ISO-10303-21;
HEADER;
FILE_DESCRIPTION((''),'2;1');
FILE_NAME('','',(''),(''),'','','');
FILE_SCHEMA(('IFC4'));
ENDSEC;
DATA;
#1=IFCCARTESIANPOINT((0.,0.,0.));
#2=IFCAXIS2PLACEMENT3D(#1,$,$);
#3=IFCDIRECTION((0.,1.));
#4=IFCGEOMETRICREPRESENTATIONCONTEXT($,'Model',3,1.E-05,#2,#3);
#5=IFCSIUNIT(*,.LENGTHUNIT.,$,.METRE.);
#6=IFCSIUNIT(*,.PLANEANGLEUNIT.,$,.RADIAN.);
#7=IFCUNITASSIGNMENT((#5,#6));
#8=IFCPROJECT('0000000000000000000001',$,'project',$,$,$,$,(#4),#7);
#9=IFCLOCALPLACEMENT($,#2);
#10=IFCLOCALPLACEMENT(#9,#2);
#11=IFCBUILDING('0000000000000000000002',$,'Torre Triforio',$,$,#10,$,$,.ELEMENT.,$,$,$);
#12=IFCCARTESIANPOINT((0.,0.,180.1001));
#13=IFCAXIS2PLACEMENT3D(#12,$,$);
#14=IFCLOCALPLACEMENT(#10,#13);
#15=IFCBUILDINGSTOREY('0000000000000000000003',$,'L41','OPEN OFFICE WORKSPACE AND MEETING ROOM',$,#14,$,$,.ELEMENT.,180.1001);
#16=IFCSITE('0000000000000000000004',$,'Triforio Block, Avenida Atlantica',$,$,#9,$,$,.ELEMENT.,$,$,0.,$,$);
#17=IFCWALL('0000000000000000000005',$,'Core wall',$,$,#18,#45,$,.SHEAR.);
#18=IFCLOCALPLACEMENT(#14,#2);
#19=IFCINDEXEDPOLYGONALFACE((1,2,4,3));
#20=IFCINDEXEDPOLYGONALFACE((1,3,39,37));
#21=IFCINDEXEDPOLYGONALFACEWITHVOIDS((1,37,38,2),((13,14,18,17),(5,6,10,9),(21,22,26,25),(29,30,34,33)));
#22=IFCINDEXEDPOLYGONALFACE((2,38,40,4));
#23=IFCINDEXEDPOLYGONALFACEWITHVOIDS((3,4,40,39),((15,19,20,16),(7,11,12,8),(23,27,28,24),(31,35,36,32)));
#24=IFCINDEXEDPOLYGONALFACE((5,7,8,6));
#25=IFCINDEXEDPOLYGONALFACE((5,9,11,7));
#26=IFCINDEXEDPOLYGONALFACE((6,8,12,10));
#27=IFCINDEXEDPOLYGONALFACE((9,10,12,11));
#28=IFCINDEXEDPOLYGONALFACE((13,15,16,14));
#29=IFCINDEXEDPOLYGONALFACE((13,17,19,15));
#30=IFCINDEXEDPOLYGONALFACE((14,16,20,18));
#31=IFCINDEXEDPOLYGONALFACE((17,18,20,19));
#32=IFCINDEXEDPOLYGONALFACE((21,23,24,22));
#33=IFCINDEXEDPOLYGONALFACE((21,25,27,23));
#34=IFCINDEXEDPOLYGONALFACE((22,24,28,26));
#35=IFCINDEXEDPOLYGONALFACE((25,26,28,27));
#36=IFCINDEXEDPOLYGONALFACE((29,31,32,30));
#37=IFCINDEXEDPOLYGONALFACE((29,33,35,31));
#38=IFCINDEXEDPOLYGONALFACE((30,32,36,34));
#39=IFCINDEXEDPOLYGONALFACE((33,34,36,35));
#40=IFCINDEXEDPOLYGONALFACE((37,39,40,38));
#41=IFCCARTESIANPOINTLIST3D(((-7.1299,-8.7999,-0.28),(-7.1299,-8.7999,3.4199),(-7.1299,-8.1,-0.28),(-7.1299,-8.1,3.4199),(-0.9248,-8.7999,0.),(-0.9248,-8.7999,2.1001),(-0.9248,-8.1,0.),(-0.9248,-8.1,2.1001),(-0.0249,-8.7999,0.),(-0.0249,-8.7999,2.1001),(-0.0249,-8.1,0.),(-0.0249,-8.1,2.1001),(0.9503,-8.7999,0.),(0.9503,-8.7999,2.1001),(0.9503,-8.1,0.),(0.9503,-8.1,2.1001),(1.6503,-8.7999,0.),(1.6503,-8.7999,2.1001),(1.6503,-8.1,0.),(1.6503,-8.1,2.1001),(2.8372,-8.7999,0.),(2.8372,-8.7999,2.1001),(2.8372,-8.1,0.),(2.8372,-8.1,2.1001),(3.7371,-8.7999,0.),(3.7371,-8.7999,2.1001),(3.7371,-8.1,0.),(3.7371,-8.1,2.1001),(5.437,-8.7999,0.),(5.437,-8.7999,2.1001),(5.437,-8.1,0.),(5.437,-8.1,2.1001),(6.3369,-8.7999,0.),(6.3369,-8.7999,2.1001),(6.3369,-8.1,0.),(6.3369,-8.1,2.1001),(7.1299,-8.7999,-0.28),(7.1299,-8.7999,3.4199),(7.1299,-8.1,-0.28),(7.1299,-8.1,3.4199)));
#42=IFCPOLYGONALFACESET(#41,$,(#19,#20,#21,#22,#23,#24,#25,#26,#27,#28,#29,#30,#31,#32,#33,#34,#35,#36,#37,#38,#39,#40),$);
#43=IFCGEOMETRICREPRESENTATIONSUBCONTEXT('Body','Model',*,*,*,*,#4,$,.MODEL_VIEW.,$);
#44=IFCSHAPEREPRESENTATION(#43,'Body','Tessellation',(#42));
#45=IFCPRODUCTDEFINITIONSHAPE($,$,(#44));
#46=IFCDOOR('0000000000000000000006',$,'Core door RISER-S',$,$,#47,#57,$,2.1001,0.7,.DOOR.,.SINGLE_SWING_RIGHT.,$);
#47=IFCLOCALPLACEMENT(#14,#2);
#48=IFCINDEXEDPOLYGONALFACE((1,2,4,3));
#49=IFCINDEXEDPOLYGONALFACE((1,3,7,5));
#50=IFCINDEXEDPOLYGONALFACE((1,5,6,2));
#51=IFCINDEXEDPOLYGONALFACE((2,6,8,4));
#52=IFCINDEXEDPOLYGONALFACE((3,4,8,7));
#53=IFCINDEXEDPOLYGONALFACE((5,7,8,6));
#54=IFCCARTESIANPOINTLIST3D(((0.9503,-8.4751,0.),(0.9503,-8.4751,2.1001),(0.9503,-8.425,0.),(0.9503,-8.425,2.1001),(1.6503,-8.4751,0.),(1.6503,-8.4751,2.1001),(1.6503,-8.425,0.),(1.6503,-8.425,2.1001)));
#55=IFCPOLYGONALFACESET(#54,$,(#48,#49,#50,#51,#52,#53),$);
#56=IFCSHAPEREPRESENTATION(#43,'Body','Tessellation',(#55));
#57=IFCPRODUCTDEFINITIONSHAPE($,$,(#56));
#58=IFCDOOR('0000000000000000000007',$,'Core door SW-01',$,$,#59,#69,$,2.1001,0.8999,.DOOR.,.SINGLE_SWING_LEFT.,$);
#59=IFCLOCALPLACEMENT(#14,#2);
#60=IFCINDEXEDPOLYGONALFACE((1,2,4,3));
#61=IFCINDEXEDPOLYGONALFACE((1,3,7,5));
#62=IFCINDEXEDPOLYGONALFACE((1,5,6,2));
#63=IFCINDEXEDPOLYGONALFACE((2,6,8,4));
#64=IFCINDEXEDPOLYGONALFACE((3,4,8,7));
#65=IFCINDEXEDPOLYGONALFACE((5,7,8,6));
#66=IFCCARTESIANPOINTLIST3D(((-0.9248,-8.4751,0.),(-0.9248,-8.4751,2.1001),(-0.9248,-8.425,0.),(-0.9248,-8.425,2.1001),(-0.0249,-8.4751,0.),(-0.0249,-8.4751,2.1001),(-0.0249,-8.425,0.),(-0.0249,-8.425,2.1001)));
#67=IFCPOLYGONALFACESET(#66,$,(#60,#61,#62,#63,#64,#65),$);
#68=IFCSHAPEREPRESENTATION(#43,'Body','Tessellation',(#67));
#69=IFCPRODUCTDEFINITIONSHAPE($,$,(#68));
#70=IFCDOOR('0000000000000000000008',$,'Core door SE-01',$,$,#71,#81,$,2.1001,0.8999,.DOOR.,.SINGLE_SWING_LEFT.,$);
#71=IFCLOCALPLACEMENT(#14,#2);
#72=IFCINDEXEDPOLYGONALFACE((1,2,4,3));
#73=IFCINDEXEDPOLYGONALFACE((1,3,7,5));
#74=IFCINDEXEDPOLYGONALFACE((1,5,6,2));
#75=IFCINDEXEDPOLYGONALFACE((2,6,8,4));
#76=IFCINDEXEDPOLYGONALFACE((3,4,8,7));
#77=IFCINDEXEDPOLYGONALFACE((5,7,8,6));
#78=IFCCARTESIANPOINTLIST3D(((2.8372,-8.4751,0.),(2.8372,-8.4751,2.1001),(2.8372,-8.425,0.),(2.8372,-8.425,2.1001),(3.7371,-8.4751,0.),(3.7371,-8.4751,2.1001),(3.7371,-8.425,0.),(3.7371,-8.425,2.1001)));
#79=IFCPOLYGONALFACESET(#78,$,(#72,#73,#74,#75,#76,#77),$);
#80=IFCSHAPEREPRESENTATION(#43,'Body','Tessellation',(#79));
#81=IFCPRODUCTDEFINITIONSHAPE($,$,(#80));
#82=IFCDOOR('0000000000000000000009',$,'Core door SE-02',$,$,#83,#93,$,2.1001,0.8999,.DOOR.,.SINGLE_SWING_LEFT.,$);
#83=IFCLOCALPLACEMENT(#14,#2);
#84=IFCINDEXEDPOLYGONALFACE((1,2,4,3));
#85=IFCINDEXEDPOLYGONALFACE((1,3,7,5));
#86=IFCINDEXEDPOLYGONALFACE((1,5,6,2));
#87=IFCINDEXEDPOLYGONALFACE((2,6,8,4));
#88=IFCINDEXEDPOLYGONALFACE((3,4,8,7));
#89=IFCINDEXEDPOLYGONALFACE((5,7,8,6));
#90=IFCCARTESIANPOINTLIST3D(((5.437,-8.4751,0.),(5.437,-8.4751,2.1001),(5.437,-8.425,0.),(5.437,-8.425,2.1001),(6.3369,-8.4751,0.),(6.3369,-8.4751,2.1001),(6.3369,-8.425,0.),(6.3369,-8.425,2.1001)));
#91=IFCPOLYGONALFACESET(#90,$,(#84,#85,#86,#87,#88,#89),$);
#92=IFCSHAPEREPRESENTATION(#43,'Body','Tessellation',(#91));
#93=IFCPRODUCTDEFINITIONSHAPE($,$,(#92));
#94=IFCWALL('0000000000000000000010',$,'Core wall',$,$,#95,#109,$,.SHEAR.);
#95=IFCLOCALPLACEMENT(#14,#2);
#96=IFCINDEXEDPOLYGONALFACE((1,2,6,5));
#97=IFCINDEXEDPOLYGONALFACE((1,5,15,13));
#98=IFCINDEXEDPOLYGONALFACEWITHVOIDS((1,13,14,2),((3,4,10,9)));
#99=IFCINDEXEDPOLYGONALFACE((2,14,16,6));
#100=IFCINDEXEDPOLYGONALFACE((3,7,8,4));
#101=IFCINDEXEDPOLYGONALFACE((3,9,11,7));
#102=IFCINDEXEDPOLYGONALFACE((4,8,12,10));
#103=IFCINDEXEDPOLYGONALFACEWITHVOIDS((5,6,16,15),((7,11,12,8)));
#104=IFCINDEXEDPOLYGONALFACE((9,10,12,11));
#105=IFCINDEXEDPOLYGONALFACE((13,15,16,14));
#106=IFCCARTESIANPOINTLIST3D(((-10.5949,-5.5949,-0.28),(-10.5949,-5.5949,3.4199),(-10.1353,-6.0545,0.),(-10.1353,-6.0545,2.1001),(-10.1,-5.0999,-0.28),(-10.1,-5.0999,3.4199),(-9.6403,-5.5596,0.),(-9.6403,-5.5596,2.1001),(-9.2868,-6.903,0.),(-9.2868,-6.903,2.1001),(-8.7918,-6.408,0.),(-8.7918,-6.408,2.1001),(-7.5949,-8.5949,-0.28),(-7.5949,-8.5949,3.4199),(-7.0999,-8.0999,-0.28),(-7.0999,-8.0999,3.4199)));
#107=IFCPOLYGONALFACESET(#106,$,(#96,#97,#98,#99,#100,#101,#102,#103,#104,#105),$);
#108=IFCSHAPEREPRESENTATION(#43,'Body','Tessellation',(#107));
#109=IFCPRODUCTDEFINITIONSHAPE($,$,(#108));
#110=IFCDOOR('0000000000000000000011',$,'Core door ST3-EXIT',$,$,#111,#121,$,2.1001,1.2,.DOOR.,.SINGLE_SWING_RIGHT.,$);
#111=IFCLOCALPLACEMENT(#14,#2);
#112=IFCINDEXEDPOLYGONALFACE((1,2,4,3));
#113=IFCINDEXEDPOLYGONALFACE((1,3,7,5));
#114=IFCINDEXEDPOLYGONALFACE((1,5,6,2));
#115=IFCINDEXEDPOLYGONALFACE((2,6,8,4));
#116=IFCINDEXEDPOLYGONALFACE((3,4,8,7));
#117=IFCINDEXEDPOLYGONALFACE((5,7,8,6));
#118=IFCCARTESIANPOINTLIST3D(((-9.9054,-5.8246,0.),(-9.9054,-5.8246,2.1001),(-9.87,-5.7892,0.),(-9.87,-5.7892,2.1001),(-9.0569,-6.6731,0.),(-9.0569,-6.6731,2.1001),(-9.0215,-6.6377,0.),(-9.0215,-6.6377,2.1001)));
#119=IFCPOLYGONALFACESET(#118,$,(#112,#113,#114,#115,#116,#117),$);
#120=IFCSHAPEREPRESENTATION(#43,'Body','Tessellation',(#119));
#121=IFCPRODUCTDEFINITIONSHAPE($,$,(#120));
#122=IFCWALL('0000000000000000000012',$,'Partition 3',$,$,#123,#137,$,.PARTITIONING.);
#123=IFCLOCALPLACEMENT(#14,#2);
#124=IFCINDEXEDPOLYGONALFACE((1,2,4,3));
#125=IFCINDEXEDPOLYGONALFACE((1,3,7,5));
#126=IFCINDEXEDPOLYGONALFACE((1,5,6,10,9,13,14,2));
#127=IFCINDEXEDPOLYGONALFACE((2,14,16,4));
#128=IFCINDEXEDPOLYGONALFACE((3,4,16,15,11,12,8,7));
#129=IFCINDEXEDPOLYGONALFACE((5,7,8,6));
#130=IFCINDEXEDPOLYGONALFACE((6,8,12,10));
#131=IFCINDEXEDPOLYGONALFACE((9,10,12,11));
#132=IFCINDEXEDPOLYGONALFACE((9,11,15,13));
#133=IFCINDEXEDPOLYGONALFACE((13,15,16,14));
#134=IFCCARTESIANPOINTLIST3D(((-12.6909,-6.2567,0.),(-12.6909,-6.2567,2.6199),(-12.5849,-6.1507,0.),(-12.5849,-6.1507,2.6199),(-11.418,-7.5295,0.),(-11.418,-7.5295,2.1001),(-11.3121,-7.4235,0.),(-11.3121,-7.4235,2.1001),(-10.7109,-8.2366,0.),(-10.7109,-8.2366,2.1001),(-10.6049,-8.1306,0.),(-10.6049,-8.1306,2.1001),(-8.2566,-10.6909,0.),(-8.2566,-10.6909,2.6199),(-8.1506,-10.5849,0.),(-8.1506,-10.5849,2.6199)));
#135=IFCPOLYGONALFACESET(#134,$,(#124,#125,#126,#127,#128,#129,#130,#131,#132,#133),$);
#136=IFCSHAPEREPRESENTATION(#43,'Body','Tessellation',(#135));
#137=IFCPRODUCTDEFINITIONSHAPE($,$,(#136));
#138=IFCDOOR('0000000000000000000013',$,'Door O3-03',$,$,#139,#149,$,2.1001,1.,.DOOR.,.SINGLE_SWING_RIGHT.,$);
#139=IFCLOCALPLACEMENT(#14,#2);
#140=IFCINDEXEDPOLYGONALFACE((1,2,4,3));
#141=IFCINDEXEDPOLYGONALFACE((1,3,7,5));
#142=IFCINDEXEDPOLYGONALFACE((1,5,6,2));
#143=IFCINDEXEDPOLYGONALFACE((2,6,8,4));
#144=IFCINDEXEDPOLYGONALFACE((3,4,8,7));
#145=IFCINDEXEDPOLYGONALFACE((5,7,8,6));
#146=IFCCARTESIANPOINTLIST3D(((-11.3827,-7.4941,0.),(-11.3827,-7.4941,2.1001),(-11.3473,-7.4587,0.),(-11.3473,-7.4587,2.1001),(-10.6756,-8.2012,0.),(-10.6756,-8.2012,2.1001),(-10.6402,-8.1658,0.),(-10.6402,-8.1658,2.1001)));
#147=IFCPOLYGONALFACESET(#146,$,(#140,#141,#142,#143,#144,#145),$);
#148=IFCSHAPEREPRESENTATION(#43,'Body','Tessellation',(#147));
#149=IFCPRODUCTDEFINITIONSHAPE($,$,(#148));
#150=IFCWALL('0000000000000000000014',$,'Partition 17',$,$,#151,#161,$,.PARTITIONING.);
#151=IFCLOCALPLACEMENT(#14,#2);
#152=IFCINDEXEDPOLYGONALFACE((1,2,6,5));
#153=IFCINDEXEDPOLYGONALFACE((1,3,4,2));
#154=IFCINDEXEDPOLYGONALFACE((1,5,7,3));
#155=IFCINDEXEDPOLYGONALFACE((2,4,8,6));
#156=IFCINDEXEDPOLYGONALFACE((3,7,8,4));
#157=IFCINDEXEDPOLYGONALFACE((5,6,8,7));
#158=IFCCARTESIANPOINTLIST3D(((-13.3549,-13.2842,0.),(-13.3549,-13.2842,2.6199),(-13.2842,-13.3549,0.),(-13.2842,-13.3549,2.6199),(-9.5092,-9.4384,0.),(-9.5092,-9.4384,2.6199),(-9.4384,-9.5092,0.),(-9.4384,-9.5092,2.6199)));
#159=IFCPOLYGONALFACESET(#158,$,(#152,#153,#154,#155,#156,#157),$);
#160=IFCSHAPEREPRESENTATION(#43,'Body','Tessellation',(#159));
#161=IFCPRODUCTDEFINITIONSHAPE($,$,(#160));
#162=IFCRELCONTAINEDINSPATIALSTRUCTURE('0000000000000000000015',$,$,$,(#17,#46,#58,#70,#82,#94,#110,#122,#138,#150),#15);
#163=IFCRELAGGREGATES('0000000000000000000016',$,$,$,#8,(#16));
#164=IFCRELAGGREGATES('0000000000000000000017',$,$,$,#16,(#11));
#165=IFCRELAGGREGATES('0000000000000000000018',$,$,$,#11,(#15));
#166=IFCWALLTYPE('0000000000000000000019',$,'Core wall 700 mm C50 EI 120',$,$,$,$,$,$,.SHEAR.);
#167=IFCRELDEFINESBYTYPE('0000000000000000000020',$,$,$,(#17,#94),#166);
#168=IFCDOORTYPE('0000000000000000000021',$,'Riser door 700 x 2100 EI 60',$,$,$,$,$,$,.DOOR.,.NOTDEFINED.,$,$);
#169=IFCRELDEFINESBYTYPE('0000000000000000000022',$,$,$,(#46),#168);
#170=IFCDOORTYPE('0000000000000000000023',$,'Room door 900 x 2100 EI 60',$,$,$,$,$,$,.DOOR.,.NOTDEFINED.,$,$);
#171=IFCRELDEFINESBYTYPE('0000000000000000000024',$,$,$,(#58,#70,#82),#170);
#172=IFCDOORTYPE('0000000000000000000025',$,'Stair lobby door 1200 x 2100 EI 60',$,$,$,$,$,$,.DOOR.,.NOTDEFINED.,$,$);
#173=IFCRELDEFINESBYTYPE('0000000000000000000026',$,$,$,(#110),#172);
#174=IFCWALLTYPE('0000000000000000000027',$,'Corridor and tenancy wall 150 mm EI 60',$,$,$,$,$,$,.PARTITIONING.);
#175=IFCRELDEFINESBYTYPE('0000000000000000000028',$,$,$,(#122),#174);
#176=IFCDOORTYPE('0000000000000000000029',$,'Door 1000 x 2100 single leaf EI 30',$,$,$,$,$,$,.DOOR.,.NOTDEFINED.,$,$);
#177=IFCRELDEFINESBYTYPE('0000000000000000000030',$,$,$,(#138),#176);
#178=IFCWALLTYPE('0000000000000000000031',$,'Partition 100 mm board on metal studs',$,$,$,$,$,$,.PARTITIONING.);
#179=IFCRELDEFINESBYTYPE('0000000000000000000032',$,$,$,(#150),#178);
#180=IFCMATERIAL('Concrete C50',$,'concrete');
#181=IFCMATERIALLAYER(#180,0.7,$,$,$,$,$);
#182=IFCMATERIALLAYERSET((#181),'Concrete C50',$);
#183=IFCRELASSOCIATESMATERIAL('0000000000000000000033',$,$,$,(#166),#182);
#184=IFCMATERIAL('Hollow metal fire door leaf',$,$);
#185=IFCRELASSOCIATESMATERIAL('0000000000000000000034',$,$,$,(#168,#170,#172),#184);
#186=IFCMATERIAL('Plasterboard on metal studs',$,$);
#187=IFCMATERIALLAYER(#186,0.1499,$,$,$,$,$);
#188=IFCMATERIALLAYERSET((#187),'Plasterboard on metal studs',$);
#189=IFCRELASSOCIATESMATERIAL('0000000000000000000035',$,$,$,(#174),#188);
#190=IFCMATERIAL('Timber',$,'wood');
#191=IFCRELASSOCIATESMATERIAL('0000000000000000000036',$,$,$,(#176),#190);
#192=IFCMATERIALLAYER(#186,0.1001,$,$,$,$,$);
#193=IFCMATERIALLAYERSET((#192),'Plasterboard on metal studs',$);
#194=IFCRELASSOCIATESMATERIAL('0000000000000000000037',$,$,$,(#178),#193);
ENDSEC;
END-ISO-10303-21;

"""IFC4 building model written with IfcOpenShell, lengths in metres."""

from ifc_helpers import new_model, si_unit, direction, frame, frame_2d, origin, place, context, subcontext, project, spatial, rectangle, extrude, material, layer, layer_set, type_object, element, fill, save


model = new_model("IFC4")

# Units and contexts
model_context = context("Model", 3, precision=1e-05, world=origin(), true_north=direction((0.0, 1.0)))
body_context = subcontext(model_context, "Body", "Model", "MODEL_VIEW")
ifc_project = project(units=[si_unit("LENGTHUNIT", "METRE"), si_unit("PLANEANGLEUNIT", "RADIAN")], contexts=[model_context])

# Site, building, storey
site_placement = place(None, origin())
site = spatial("IfcSite", under=ifc_project, at=site_placement, Name="Triforio Block, Avenida Atlantica", CompositionType="ELEMENT", RefElevation=0.0)
building_placement = place(site_placement, origin())
building = spatial("IfcBuilding", under=site, at=building_placement, Name="Torre Triforio", CompositionType="ELEMENT")
storey_placement = place(building_placement, frame((0.0, 0.0, 180.1001)))
storey = spatial("IfcBuildingStorey", under=building, at=storey_placement, Name="L41", Description="OPEN OFFICE WORKSPACE AND MEETING ROOM", CompositionType="ELEMENT", Elevation=180.1001)

# Shared definitions
ifc_material_1 = material(Name="Concrete C50", Category="concrete")

# Wall, openings, doors
ifc_layer_1 = layer(ifc_material_1, 0.7)
ifc_layer_set_1 = layer_set([ifc_layer_1], Name="Concrete C50")
wall_type_1 = type_object("IfcWallType", Name="Core wall 700 mm C50 EI 120", PredefinedType="SHEAR", material=ifc_layer_set_1)
wall_1_placement = place(storey_placement, frame((-7.1299, -8.45, -0.28), z_axis=(0.0, 0.0, 1.0), x_axis=(1.0, 0.0, 0.0)))
wall_1 = element("IfcWall", 1, at=wall_1_placement, inside=storey, type_object=wall_type_1, Name="Core wall", PredefinedType="SHEAR", context=body_context, shape_type="SweptSolid", body=[
    extrude(rectangle(XDim=14.2598, YDim=0.7, at=frame_2d((7.1299, 0.0))), origin(), (0.0, 0.0, 1.0), 3.7),
])
opening_1_placement = place(wall_1_placement, frame((8.0801, 0.0, 0.28)))
opening_1 = element("IfcOpeningElement", 2, at=opening_1_placement, cuts=wall_1, PredefinedType="OPENING", context=body_context, shape_type="SweptSolid", body=[
    extrude(rectangle(XDim=0.7, YDim=2.1001, at=frame_2d((0.3501, 1.05))), frame((0.0, 0.3599, 0.0), z_axis=(0.0, -1.0, 0.0), x_axis=(1.0, 0.0, 0.0)), (0.0, 0.0, 1.0), 0.72),
])
opening_2_placement = place(wall_1_placement, frame((6.2051, 0.0, 0.28)))
opening_2 = element("IfcOpeningElement", 3, at=opening_2_placement, cuts=wall_1, PredefinedType="OPENING", context=body_context, shape_type="SweptSolid", body=[
    extrude(rectangle(XDim=0.8999, YDim=2.1001, at=frame_2d((0.45, 1.05))), frame((0.0, 0.3599, 0.0), z_axis=(0.0, -1.0, 0.0), x_axis=(1.0, 0.0, 0.0)), (0.0, 0.0, 1.0), 0.72),
])
opening_3_placement = place(wall_1_placement, frame((9.967, 0.0, 0.28)))
opening_3 = element("IfcOpeningElement", 4, at=opening_3_placement, cuts=wall_1, PredefinedType="OPENING", context=body_context, shape_type="SweptSolid", body=[
    extrude(rectangle(XDim=0.8999, YDim=2.1001, at=frame_2d((0.45, 1.05))), frame((0.0, 0.3599, 0.0), z_axis=(0.0, -1.0, 0.0), x_axis=(1.0, 0.0, 0.0)), (0.0, 0.0, 1.0), 0.72),
])
opening_4_placement = place(wall_1_placement, frame((12.5669, 0.0, 0.28)))
opening_4 = element("IfcOpeningElement", 5, at=opening_4_placement, cuts=wall_1, PredefinedType="OPENING", context=body_context, shape_type="SweptSolid", body=[
    extrude(rectangle(XDim=0.8999, YDim=2.1001, at=frame_2d((0.45, 1.05))), frame((0.0, 0.3599, 0.0), z_axis=(0.0, -1.0, 0.0), x_axis=(1.0, 0.0, 0.0)), (0.0, 0.0, 1.0), 0.72),
])
ifc_material_2 = material(Name="Hollow metal fire door leaf")
door_type_1 = type_object("IfcDoorType", Name="Riser door 700 x 2100 EI 60", OperationType="NOTDEFINED", PredefinedType="DOOR", material=ifc_material_2)
door_1_placement = place(opening_1_placement, origin())
door_1 = element("IfcDoor", 6, at=door_1_placement, inside=storey, type_object=door_type_1, Name="Core door RISER-S", OperationType="SINGLE_SWING_RIGHT", OverallHeight=2.1001, OverallWidth=0.7, PredefinedType="DOOR", context=body_context, shape_type="SweptSolid", body=[
    extrude(rectangle(XDim=0.7, YDim=2.1001, at=frame_2d((0.3501, 1.05))), frame((0.0, 0.0249, 0.0), z_axis=(0.0, -1.0, 0.0), x_axis=(1.0, 0.0, 0.0)), (0.0, 0.0, 1.0), 0.05),
])
fill(opening_1, door_1)
door_type_2 = type_object("IfcDoorType", Name="Room door 900 x 2100 EI 60", OperationType="NOTDEFINED", PredefinedType="DOOR", material=ifc_material_2)
door_2_placement = place(opening_2_placement, origin())
door_2 = element("IfcDoor", 7, at=door_2_placement, inside=storey, type_object=door_type_2, Name="Core door SW-01", OperationType="SINGLE_SWING_LEFT", OverallHeight=2.1001, OverallWidth=0.8999, PredefinedType="DOOR", context=body_context, shape_type="SweptSolid", body=[
    extrude(rectangle(XDim=0.8999, YDim=2.1001, at=frame_2d((0.45, 1.05))), frame((0.0, 0.0249, 0.0), z_axis=(0.0, -1.0, 0.0), x_axis=(1.0, 0.0, 0.0)), (0.0, 0.0, 1.0), 0.05),
])
fill(opening_2, door_2)
door_3_placement = place(opening_3_placement, origin())
door_3 = element("IfcDoor", 8, at=door_3_placement, inside=storey, type_object=door_type_2, Name="Core door SE-01", OperationType="SINGLE_SWING_LEFT", OverallHeight=2.1001, OverallWidth=0.8999, PredefinedType="DOOR", context=body_context, shape_type="SweptSolid", body=[
    extrude(rectangle(XDim=0.8999, YDim=2.1001, at=frame_2d((0.45, 1.05))), frame((0.0, 0.0249, 0.0), z_axis=(0.0, -1.0, 0.0), x_axis=(1.0, 0.0, 0.0)), (0.0, 0.0, 1.0), 0.05),
])
fill(opening_3, door_3)
door_4_placement = place(opening_4_placement, origin())
door_4 = element("IfcDoor", 9, at=door_4_placement, inside=storey, type_object=door_type_2, Name="Core door SE-02", OperationType="SINGLE_SWING_LEFT", OverallHeight=2.1001, OverallWidth=0.8999, PredefinedType="DOOR", context=body_context, shape_type="SweptSolid", body=[
    extrude(rectangle(XDim=0.8999, YDim=2.1001, at=frame_2d((0.45, 1.05))), frame((0.0, 0.0249, 0.0), z_axis=(0.0, -1.0, 0.0), x_axis=(1.0, 0.0, 0.0)), (0.0, 0.0, 1.0), 0.05),
])
fill(opening_4, door_4)

# Walls, openings, doors
wall_2_placement = place(storey_placement, frame((-7.3474, -8.3474, -0.28), z_axis=(0.0, 0.0, 1.0), x_axis=(-0.707107, 0.707107, 0.0)))
wall_2 = element("IfcWall", 10, at=wall_2_placement, inside=storey, type_object=wall_type_1, Name="Core wall", PredefinedType="SHEAR", context=body_context, shape_type="SweptSolid", body=[
    extrude(rectangle(XDim=4.2427, YDim=0.7, at=frame_2d((2.1213, 0.0))), origin(), (0.0, 0.0, 1.0), 3.7),
])
opening_5_placement = place(wall_2_placement, frame((2.3926, 0.0, 0.28)))
opening_5 = element("IfcOpeningElement", 11, at=opening_5_placement, cuts=wall_2, PredefinedType="OPENING", context=body_context, shape_type="SweptSolid", body=[
    extrude(rectangle(XDim=1.2, YDim=2.1001, at=frame_2d((0.6001, 1.05))), frame((0.0, 0.3599, 0.0), z_axis=(0.0, -1.0, 0.0), x_axis=(1.0, 0.0, 0.0)), (0.0, 0.0, 1.0), 0.72),
])
door_type_3 = type_object("IfcDoorType", Name="Stair lobby door 1200 x 2100 EI 60", OperationType="NOTDEFINED", PredefinedType="DOOR", material=ifc_material_2)
door_5_placement = place(opening_5_placement, origin())
door_5 = element("IfcDoor", 12, at=door_5_placement, inside=storey, type_object=door_type_3, Name="Core door ST3-EXIT", OperationType="SINGLE_SWING_RIGHT", OverallHeight=2.1001, OverallWidth=1.2, PredefinedType="DOOR", context=body_context, shape_type="SweptSolid", body=[
    extrude(rectangle(XDim=1.2, YDim=2.1001, at=frame_2d((0.6001, 1.05))), frame((0.0, 0.0249, 0.0), z_axis=(0.0, -1.0, 0.0), x_axis=(1.0, 0.0, 0.0)), (0.0, 0.0, 1.0), 0.05),
])
fill(opening_5, door_5)
ifc_material_3 = material(Name="Plasterboard on metal studs")
ifc_layer_2 = layer(ifc_material_3, 0.1499)
ifc_layer_set_2 = layer_set([ifc_layer_2], Name="Plasterboard on metal studs")
wall_type_2 = type_object("IfcWallType", Name="Corridor and tenancy wall 150 mm EI 60", PredefinedType="PARTITIONING", material=ifc_layer_set_2)
wall_3_placement = place(storey_placement, frame((-8.2036, -10.6379, 0.0), z_axis=(0.0, 0.0, 1.0), x_axis=(-0.707107, 0.707107, 0.0)))
wall_3 = element("IfcWall", 13, at=wall_3_placement, inside=storey, type_object=wall_type_2, Name="Partition 3", PredefinedType="PARTITIONING", context=body_context, shape_type="SweptSolid", body=[
    extrude(rectangle(XDim=6.271, YDim=0.1499, at=frame_2d((3.1355, 0.0))), origin(), (0.0, 0.0, 1.0), 2.6199),
])
opening_6_placement = place(wall_3_placement, frame((3.4709, 0.0, 0.0)))
opening_6 = element("IfcOpeningElement", 14, at=opening_6_placement, cuts=wall_3, PredefinedType="OPENING", context=body_context, shape_type="SweptSolid", body=[
    extrude(rectangle(XDim=1.0, YDim=2.1001, at=frame_2d((0.5, 1.05))), frame((0.0, 0.085, 0.0), z_axis=(0.0, -1.0, 0.0), x_axis=(1.0, 0.0, 0.0)), (0.0, 0.0, 1.0), 0.1699),
])
ifc_material_4 = material(Name="Timber", Category="wood")
door_type_4 = type_object("IfcDoorType", Name="Door 1000 x 2100 single leaf EI 30", OperationType="NOTDEFINED", PredefinedType="DOOR", material=ifc_material_4)
door_6_placement = place(opening_6_placement, origin())
door_6 = element("IfcDoor", 15, at=door_6_placement, inside=storey, type_object=door_type_4, Name="Door O3-03", OperationType="SINGLE_SWING_RIGHT", OverallHeight=2.1001, OverallWidth=1.0, PredefinedType="DOOR", context=body_context, shape_type="SweptSolid", body=[
    extrude(rectangle(XDim=1.0, YDim=2.1001, at=frame_2d((0.5, 1.05))), frame((0.0, 0.0249, 0.0), z_axis=(0.0, -1.0, 0.0), x_axis=(1.0, 0.0, 0.0)), (0.0, 0.0, 1.0), 0.05),
])
fill(opening_6, door_6)

# Wall
ifc_layer_3 = layer(ifc_material_3, 0.1001)
ifc_layer_set_3 = layer_set([ifc_layer_3], Name="Plasterboard on metal studs")
wall_type_3 = type_object("IfcWallType", Name="Partition 100 mm board on metal studs", PredefinedType="PARTITIONING", material=ifc_layer_set_3)
wall_4_placement = place(storey_placement, frame((-9.4739, -9.4739, 0.0), z_axis=(0.0, 0.0, 1.0), x_axis=(-0.707107, -0.707107, 0.0)))
element("IfcWall", 16, at=wall_4_placement, inside=storey, type_object=wall_type_3, Name="Partition 17", PredefinedType="PARTITIONING", context=body_context, shape_type="SweptSolid", body=[
    extrude(rectangle(XDim=5.4387, YDim=0.1001, at=frame_2d((2.7192, 0.0))), origin(), (0.0, 0.0, 1.0), 2.6199),
])

save(model, "model.ifc")
